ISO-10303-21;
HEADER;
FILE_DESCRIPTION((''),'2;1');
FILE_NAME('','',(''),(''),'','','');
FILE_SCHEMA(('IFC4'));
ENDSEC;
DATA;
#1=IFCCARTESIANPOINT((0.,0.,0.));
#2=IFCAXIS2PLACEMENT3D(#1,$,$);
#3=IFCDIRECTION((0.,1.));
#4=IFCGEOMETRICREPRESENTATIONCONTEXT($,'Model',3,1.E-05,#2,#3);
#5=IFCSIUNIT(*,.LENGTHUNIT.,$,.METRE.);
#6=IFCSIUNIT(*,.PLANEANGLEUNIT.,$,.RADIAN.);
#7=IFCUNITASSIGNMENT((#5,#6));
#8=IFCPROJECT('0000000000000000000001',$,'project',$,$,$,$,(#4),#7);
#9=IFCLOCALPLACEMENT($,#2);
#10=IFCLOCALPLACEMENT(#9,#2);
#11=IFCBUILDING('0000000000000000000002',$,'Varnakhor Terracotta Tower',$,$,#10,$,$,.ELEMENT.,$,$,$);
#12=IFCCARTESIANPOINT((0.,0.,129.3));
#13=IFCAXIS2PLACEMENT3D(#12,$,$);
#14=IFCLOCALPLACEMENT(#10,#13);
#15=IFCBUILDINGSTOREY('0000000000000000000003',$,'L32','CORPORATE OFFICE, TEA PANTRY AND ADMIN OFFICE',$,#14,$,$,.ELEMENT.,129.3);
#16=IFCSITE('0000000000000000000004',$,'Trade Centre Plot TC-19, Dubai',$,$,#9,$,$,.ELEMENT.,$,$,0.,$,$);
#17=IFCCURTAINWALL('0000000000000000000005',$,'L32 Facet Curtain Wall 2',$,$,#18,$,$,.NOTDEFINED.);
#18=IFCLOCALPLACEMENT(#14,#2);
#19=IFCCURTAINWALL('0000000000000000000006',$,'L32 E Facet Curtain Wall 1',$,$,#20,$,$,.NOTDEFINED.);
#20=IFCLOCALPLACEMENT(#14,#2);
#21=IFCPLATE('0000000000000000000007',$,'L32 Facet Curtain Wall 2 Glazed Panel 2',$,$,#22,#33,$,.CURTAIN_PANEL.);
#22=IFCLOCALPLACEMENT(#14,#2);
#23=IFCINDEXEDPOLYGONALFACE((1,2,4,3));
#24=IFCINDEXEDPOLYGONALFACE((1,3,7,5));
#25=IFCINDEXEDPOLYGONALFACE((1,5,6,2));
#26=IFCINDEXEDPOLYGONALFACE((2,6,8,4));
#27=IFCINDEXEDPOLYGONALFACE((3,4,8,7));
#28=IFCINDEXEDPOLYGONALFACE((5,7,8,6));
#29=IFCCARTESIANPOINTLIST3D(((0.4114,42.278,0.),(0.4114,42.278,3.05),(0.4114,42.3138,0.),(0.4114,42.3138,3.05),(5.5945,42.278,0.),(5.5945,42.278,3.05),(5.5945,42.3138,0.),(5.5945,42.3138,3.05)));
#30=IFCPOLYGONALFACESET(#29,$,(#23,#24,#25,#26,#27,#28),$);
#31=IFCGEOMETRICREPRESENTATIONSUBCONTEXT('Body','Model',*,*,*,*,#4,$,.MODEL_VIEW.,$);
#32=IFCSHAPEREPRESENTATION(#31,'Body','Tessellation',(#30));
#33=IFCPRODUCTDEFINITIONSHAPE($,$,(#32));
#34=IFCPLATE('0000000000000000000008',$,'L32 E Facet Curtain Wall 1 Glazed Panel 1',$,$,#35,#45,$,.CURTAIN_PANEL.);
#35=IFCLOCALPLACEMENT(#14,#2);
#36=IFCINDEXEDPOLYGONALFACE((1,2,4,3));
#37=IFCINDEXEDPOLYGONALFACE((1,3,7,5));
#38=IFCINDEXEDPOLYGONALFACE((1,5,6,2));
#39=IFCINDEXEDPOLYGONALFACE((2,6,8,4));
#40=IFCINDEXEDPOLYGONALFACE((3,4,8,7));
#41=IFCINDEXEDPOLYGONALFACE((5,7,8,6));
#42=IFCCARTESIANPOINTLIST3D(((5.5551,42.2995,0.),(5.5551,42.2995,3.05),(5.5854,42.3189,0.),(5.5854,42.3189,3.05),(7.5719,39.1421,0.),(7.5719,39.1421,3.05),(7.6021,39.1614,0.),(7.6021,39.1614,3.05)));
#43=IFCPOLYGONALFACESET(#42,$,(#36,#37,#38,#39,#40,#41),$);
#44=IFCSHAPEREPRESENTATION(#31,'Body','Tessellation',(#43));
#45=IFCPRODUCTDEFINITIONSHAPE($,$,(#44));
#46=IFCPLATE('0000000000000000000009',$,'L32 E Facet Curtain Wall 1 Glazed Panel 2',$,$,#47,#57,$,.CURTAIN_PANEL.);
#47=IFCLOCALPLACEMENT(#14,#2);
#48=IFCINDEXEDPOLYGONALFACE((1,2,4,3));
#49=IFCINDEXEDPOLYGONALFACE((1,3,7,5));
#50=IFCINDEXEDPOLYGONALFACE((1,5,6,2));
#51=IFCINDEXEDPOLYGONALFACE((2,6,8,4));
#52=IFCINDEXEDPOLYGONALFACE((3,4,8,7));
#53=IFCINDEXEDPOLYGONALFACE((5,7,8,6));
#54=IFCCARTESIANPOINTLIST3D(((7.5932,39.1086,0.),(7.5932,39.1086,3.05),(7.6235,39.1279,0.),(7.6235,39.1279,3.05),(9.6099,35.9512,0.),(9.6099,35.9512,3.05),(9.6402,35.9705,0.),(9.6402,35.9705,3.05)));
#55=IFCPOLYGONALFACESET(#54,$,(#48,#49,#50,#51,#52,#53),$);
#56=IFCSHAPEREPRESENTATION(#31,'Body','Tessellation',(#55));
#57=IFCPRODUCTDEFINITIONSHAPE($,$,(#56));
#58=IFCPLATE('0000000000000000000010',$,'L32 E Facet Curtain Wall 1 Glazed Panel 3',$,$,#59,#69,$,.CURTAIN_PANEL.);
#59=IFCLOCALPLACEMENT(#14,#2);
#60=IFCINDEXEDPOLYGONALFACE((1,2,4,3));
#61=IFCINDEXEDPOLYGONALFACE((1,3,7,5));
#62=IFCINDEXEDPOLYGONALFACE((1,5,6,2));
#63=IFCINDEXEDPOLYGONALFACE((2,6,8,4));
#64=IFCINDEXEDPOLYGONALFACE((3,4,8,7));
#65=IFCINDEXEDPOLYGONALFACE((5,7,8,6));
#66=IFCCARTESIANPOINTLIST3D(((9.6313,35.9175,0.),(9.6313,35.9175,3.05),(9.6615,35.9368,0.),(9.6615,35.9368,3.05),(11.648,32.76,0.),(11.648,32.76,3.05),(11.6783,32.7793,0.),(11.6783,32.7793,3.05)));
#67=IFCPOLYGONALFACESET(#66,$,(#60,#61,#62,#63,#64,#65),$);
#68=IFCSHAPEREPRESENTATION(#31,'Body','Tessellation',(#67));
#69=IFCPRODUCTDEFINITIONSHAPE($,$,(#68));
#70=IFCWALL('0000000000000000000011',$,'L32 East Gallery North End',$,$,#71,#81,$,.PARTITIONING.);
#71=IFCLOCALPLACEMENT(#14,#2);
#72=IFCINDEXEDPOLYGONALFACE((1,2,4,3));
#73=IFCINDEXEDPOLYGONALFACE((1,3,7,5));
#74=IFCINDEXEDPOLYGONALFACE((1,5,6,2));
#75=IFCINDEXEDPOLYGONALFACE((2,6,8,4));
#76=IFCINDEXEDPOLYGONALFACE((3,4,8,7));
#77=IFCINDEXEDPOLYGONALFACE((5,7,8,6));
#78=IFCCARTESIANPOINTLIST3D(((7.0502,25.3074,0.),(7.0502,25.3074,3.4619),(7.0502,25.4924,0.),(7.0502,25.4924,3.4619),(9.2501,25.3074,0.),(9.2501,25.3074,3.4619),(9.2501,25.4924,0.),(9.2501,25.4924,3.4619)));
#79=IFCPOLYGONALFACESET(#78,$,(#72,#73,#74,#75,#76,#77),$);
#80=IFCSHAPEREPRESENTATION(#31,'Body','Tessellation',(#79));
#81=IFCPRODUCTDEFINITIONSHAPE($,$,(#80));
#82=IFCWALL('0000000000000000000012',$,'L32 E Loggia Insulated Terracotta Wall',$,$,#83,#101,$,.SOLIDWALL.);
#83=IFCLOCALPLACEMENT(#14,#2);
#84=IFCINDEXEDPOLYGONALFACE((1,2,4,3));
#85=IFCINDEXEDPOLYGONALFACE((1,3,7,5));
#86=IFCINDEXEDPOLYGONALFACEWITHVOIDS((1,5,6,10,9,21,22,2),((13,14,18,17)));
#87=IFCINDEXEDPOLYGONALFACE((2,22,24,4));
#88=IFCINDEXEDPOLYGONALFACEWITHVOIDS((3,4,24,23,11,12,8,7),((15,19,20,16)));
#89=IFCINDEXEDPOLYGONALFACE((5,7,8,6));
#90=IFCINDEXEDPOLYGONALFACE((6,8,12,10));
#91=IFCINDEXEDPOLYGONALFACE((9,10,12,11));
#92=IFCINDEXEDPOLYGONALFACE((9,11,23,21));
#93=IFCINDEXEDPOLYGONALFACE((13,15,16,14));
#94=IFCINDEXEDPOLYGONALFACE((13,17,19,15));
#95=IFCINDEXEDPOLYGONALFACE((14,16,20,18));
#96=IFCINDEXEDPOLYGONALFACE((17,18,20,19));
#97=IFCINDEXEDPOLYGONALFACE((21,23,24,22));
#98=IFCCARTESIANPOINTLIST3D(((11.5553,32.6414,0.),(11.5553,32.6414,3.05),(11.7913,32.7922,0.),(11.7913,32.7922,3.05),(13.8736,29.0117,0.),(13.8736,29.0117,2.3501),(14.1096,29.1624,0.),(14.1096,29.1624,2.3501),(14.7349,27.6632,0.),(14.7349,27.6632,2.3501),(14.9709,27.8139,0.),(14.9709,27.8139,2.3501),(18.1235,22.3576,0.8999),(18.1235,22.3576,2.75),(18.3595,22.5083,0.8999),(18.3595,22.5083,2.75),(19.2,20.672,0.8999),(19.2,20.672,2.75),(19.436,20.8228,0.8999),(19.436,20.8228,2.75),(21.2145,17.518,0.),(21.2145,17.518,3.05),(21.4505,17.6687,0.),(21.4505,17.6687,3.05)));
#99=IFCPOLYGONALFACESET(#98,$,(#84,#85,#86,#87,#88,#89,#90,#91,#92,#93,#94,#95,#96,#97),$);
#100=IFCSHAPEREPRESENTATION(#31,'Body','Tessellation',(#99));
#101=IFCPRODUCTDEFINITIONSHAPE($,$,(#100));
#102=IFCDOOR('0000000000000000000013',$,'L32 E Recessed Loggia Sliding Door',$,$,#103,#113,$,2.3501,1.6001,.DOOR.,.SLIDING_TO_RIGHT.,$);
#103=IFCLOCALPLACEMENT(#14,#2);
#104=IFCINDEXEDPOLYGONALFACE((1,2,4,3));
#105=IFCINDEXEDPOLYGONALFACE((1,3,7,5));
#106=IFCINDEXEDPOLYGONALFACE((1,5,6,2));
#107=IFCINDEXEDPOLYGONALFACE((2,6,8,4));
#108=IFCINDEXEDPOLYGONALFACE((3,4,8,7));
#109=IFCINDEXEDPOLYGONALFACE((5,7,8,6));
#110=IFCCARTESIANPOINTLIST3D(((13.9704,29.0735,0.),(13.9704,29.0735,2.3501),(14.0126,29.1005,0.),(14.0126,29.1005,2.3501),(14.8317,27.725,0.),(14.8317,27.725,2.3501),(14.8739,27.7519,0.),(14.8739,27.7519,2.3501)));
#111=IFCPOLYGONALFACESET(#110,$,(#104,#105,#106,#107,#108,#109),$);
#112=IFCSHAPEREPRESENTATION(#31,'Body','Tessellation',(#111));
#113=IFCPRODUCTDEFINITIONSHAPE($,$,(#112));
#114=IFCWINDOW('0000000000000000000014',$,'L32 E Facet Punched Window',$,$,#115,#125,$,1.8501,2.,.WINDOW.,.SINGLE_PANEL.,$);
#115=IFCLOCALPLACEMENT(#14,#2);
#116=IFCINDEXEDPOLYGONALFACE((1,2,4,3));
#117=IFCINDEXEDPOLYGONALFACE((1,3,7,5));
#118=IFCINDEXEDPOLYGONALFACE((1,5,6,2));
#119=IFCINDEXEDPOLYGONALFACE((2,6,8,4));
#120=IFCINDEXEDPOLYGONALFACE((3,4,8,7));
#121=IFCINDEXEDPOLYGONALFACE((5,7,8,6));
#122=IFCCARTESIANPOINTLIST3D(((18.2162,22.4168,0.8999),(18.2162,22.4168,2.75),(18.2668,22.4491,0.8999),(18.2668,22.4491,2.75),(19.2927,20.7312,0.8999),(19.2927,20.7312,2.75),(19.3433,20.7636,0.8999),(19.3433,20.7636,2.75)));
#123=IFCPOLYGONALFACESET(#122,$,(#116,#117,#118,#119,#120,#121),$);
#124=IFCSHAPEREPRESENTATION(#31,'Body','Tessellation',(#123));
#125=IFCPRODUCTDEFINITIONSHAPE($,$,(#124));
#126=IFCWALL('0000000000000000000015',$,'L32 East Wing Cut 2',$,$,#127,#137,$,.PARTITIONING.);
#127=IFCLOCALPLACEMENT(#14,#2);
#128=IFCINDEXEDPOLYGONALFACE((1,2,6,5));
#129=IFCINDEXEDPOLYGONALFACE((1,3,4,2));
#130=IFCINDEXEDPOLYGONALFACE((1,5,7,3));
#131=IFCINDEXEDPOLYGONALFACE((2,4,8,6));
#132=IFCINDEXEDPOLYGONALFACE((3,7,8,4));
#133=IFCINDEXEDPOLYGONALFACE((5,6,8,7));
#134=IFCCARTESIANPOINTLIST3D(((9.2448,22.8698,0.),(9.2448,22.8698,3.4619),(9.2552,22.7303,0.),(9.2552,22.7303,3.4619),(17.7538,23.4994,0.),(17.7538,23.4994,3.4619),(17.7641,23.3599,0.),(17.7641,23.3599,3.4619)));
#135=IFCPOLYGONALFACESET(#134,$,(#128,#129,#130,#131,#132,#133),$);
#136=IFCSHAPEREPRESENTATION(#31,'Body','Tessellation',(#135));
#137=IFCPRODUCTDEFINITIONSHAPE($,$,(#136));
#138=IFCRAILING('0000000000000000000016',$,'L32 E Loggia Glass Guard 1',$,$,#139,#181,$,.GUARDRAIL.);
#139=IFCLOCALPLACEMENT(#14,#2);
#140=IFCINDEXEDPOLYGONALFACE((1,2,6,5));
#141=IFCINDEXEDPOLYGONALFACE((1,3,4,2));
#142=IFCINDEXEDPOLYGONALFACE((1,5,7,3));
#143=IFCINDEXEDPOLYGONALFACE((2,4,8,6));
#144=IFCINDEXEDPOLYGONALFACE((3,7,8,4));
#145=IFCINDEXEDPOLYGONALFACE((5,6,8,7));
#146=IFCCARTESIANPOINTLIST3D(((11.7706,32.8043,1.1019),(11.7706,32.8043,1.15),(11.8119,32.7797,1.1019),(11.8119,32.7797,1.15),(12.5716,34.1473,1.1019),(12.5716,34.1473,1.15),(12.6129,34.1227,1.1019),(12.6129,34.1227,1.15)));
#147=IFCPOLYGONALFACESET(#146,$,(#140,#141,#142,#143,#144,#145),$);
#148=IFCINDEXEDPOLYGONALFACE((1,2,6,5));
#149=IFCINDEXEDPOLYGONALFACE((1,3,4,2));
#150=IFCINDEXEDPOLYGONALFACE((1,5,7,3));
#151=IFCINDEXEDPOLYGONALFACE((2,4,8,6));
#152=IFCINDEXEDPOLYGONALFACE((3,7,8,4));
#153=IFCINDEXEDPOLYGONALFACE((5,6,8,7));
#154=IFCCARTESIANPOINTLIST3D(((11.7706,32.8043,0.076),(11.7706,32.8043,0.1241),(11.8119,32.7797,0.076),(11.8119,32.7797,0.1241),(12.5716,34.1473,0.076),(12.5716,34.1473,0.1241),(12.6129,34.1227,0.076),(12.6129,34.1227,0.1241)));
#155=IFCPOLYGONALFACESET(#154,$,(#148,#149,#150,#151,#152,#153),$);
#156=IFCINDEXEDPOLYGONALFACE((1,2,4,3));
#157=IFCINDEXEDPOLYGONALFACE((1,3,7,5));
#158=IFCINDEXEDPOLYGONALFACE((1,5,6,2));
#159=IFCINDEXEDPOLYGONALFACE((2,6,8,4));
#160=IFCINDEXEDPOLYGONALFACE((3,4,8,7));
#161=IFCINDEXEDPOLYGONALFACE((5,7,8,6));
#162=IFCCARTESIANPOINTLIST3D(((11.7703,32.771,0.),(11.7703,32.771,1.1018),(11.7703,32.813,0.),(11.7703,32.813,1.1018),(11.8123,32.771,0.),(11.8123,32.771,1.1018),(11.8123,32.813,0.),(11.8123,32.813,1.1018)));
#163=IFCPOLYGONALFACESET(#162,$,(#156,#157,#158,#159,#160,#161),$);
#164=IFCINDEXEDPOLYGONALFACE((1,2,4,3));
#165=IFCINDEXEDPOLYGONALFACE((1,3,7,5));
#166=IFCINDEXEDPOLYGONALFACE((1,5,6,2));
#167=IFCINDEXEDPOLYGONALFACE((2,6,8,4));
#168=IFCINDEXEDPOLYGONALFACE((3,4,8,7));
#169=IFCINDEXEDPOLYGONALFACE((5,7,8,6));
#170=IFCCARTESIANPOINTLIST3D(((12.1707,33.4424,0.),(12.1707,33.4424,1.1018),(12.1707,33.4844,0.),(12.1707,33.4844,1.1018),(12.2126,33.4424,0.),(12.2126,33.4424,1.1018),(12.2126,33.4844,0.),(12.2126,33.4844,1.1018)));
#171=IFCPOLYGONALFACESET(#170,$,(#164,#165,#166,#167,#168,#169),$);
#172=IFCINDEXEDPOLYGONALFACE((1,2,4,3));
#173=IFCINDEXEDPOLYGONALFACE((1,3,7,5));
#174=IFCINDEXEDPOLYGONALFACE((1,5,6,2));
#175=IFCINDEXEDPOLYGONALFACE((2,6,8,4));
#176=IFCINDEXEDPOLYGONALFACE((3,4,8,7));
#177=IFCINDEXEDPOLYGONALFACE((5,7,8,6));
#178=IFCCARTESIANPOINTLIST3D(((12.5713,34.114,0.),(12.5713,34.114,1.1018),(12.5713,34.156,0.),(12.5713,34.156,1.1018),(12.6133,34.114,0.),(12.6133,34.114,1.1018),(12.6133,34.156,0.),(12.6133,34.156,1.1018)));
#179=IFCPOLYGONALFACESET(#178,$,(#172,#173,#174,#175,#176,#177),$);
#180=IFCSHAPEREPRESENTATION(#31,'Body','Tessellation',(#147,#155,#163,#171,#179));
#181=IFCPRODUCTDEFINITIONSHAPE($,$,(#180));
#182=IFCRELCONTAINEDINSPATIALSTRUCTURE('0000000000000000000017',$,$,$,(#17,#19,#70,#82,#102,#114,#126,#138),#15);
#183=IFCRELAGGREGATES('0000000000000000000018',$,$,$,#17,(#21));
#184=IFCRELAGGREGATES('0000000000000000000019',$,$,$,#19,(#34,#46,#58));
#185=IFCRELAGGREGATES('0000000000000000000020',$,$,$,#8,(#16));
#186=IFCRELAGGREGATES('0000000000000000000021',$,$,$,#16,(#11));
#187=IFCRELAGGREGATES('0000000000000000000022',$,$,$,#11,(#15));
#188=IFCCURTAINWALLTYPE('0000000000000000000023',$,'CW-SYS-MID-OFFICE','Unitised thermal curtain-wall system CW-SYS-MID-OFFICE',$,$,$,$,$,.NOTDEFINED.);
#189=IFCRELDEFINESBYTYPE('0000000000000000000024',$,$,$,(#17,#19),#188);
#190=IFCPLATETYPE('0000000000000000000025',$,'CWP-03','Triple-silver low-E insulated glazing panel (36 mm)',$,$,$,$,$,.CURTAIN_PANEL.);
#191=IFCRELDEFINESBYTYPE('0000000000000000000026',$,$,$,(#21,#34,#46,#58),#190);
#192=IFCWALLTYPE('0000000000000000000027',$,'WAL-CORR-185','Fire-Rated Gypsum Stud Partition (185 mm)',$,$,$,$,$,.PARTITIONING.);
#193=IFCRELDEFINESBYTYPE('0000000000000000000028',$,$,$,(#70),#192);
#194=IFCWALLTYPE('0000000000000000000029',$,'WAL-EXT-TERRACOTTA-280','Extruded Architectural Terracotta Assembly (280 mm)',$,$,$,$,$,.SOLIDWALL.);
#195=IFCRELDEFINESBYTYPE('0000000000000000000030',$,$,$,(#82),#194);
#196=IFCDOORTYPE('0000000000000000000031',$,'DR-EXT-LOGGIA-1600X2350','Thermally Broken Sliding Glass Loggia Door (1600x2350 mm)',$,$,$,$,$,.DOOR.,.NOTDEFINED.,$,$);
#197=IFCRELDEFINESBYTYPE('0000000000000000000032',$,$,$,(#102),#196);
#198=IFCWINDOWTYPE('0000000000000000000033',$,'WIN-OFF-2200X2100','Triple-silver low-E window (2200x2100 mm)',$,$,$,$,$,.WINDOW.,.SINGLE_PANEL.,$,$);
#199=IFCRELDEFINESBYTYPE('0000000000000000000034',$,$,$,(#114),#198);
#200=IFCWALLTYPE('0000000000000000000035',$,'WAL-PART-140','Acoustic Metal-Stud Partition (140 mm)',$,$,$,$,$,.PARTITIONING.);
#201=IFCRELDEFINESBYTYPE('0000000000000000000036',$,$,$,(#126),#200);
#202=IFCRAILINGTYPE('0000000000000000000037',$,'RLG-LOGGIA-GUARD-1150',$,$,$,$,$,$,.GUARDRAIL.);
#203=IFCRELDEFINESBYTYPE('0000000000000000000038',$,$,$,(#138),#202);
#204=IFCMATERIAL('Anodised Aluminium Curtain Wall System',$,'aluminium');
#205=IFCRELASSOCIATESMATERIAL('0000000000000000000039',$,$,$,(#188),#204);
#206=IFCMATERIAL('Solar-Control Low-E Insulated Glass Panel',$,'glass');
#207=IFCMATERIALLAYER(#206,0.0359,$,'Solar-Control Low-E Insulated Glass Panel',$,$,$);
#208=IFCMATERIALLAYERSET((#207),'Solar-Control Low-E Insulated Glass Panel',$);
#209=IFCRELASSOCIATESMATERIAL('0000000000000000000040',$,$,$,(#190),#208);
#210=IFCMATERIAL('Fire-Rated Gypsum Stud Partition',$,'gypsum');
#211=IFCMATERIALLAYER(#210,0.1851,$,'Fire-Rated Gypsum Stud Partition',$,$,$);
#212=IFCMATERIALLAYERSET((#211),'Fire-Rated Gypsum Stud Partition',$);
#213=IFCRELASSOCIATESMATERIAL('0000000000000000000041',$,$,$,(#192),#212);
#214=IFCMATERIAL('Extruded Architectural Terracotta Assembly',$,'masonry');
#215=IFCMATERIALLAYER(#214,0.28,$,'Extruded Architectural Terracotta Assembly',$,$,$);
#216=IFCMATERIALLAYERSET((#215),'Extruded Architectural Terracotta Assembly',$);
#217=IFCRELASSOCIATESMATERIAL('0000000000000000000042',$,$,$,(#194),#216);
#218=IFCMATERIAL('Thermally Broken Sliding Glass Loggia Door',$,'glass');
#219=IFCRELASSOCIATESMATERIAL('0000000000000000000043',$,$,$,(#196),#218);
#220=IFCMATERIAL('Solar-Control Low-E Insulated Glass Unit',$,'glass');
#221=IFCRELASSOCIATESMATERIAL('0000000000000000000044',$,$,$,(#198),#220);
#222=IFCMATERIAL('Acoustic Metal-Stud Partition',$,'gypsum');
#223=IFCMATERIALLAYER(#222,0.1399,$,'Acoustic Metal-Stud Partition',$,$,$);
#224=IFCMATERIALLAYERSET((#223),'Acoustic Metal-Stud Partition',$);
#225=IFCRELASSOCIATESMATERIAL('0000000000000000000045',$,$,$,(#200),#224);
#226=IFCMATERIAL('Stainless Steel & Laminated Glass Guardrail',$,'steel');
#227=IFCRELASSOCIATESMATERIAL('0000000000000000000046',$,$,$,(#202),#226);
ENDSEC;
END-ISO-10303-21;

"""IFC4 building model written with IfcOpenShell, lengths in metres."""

from ifc_helpers import new_model, si_unit, direction, frame, frame_2d, origin, origin_2d, place, context, subcontext, project, spatial, rectangle, extrude, source, transform, mapped, material, layer, layer_set, type_object, type_shapes, element, fill, aggregate, save


model = new_model("IFC4")

# Units and contexts
model_context = context("Model", 3, precision=1e-05, world=origin(), true_north=direction((0.0, 1.0)))
body_context = subcontext(model_context, "Body", "Model", "MODEL_VIEW")
ifc_project = project(units=[si_unit("LENGTHUNIT", "METRE"), si_unit("PLANEANGLEUNIT", "RADIAN")], contexts=[model_context])

# Site, building, storey
site_placement = place(None, origin())
site = spatial("IfcSite", under=ifc_project, at=site_placement, Name="Trade Centre Plot TC-19, Dubai", CompositionType="ELEMENT", RefElevation=0.0)
building_placement = place(site_placement, origin())
building = spatial("IfcBuilding", under=site, at=building_placement, Name="Varnakhor Terracotta Tower", CompositionType="ELEMENT")
storey_placement = place(building_placement, frame((0.0, 0.0, 129.3)))
storey = spatial("IfcBuildingStorey", under=building, at=storey_placement, Name="L32", Description="CORPORATE OFFICE, TEA PANTRY AND ADMIN OFFICE", CompositionType="ELEMENT", Elevation=129.3)

# Curtain wall
ifc_material_1 = material(Name="Anodised Aluminium Curtain Wall System", Category="aluminium")
curtain_wall_type = type_object("IfcCurtainWallType", Name="CW-SYS-MID-OFFICE", Description="Unitised thermal curtain-wall system CW-SYS-MID-OFFICE", PredefinedType="NOTDEFINED", material=ifc_material_1)
curtain_wall_1_placement = place(storey_placement, origin())
curtain_wall_1 = element("IfcCurtainWall", 1, at=curtain_wall_1_placement, inside=storey, type_object=curtain_wall_type, Name="L32 Facet Curtain Wall 2", PredefinedType="NOTDEFINED")

# Curtain wall
curtain_wall_2_placement = place(storey_placement, origin())
curtain_wall_2 = element("IfcCurtainWall", 2, at=curtain_wall_2_placement, inside=storey, type_object=curtain_wall_type, Name="L32 E Facet Curtain Wall 1", PredefinedType="NOTDEFINED")

# Plates
ifc_material_2 = material(Name="Solar-Control Low-E Insulated Glass Panel", Category="glass")
ifc_layer_1 = layer(ifc_material_2, 0.0359, Name="Solar-Control Low-E Insulated Glass Panel")
ifc_layer_set_1 = layer_set([ifc_layer_1], Name="Solar-Control Low-E Insulated Glass Panel")
plate_type = type_object("IfcPlateType", Name="CWP-03", Description="Triple-silver low-E insulated glazing panel (36 mm)", PredefinedType="CURTAIN_PANEL", material=ifc_layer_set_1)
shared_shape_1 = source(origin(), body_context, "Body", "SweptSolid", [
    extrude(rectangle(XDim=5.1831, YDim=0.0359, at=origin_2d()), origin(), (0.0, 0.0, 1.0), 3.05),
])
plate_1_placement = place(storey_placement, frame((3.0029, 42.2959, 0.0), z_axis=(0.0, 0.0, 1.0), x_axis=(1.0, 0.0, 0.0)))
plate_1 = element("IfcPlate", 3, at=plate_1_placement, type_object=plate_type, Name="L32 Facet Curtain Wall 2 Glazed Panel 2", PredefinedType="CURTAIN_PANEL", context=body_context, shape_type="MappedRepresentation", body=[
    mapped(shared_shape_1, transform((0.0, 0.0, 0.0), scale=1.0)),
])
aggregate(curtain_wall_1, [plate_1])
shared_shape_2 = source(origin(), body_context, "Body", "SweptSolid", [
    extrude(rectangle(XDim=3.7466, YDim=0.0359, at=origin_2d()), origin(), (0.0, 0.0, 1.0), 3.05),
])
plate_2_placement = place(storey_placement, frame((6.5786, 40.7305, 0.0), z_axis=(0.0, 0.0, 1.0), x_axis=(0.538285, -0.842763, 0.0)))
plate_2 = element("IfcPlate", 4, at=plate_2_placement, type_object=plate_type, Name="L32 E Facet Curtain Wall 1 Glazed Panel 1", PredefinedType="CURTAIN_PANEL", context=body_context, shape_type="MappedRepresentation", body=[
    mapped(shared_shape_2, transform((0.0, 0.0, 0.0), scale=1.0)),
])
plate_3_placement = place(storey_placement, frame((8.6167, 37.5396, 0.0), z_axis=(0.0, 0.0, 1.0), x_axis=(0.538285, -0.842763, 0.0)))
plate_3 = element("IfcPlate", 5, at=plate_3_placement, type_object=plate_type, Name="L32 E Facet Curtain Wall 1 Glazed Panel 2", PredefinedType="CURTAIN_PANEL", context=body_context, shape_type="MappedRepresentation", body=[
    mapped(shared_shape_2, transform((0.0, 0.0, 0.0), scale=1.0)),
])
plate_4_placement = place(storey_placement, frame((10.6548, 34.3484, 0.0), z_axis=(0.0, 0.0, 1.0), x_axis=(0.538285, -0.842763, 0.0)))
plate_4 = element("IfcPlate", 6, at=plate_4_placement, type_object=plate_type, Name="L32 E Facet Curtain Wall 1 Glazed Panel 3", PredefinedType="CURTAIN_PANEL", context=body_context, shape_type="MappedRepresentation", body=[
    mapped(shared_shape_2, transform((0.0, 0.0, 0.0), scale=1.0)),
])
aggregate(curtain_wall_2, [plate_2, plate_3, plate_4])

# Wall
ifc_material_3 = material(Name="Fire-Rated Gypsum Stud Partition", Category="gypsum")
ifc_layer_2 = layer(ifc_material_3, 0.1851, Name="Fire-Rated Gypsum Stud Partition")
ifc_layer_set_2 = layer_set([ifc_layer_2], Name="Fire-Rated Gypsum Stud Partition")
wall_type_1 = type_object("IfcWallType", Name="WAL-CORR-185", Description="Fire-Rated Gypsum Stud Partition (185 mm)", PredefinedType="PARTITIONING", material=ifc_layer_set_2)
wall_1_placement = place(storey_placement, frame((7.05, 25.3999, 0.0), z_axis=(0.0, 0.0, 1.0), x_axis=(1.0, 0.0, 0.0)))
element("IfcWall", 7, at=wall_1_placement, inside=storey, type_object=wall_type_1, Name="L32 East Gallery North End", PredefinedType="PARTITIONING", context=body_context, shape_type="SweptSolid", body=[
    extrude(rectangle(XDim=2.2, YDim=0.1851, at=frame_2d((1.1001, 0.0))), origin(), (0.0, 0.0, 1.0), 3.4619),
])

# Wall, openings, door, window
ifc_material_4 = material(Name="Extruded Architectural Terracotta Assembly", Category="masonry")
ifc_layer_3 = layer(ifc_material_4, 0.28, Name="Extruded Architectural Terracotta Assembly")
ifc_layer_set_3 = layer_set([ifc_layer_3], Name="Extruded Architectural Terracotta Assembly")
wall_type_2 = type_object("IfcWallType", Name="WAL-EXT-TERRACOTTA-280", Description="Extruded Architectural Terracotta Assembly (280 mm)", PredefinedType="SOLIDWALL", material=ifc_layer_set_3)
wall_2_placement = place(storey_placement, frame((11.6733, 32.7168, 0.0), z_axis=(0.0, 0.0, 1.0), x_axis=(0.538267, -0.842774, 0.0)))
wall_2 = element("IfcWall", 8, at=wall_2_placement, inside=storey, type_object=wall_type_2, Name="L32 E Loggia Insulated Terracotta Wall", PredefinedType="SOLIDWALL", context=body_context, shape_type="SweptSolid", body=[
    extrude(rectangle(XDim=17.9448, YDim=0.28, at=frame_2d((8.9724, 0.0))), origin(), (0.0, 0.0, 1.0), 3.05),
])
opening_1_placement = place(wall_2_placement, frame((4.3069, 0.0, 0.0)))
opening_1 = element("IfcOpeningElement", 9, at=opening_1_placement, cuts=wall_2, PredefinedType="OPENING", context=body_context, shape_type="SweptSolid", body=[
    extrude(rectangle(XDim=1.6001, YDim=2.3501, at=frame_2d((0.8, 1.175))), frame((0.0, 0.1499, 0.0), z_axis=(0.0, -1.0, 0.0), x_axis=(1.0, 0.0, 0.0)), (0.0, 0.0, 1.0), 0.3),
])
opening_2_placement = place(wall_2_placement, frame((12.2024, 0.0, 0.8999)))
opening_2 = element("IfcOpeningElement", 10, at=opening_2_placement, cuts=wall_2, PredefinedType="OPENING", context=body_context, shape_type="SweptSolid", body=[
    extrude(rectangle(XDim=2.0, YDim=1.8501, at=frame_2d((1.0, 0.925))), frame((0.0, 0.1499, 0.0), z_axis=(0.0, -1.0, 0.0), x_axis=(1.0, 0.0, 0.0)), (0.0, 0.0, 1.0), 0.3),
])
ifc_material_5 = material(Name="Thermally Broken Sliding Glass Loggia Door", Category="glass")
door_type = type_object("IfcDoorType", Name="DR-EXT-LOGGIA-1600X2350", Description="Thermally Broken Sliding Glass Loggia Door (1600x2350 mm)", OperationType="NOTDEFINED", PredefinedType="DOOR", material=ifc_material_5)
shared_shape_3 = source(origin(), body_context, "Body", "SweptSolid", [
    extrude(rectangle(XDim=1.6001, YDim=2.3501, at=frame_2d((0.8, 1.175))), frame((0.0, 0.0249, 0.0), z_axis=(0.0, -1.0, 0.0), x_axis=(1.0, 0.0, 0.0)), (0.0, 0.0, 1.0), 0.05),
])
type_shapes(door_type, [shared_shape_3])
door_placement = place(opening_1_placement, origin())
door = element("IfcDoor", 11, at=door_placement, inside=storey, type_object=door_type, Name="L32 E Recessed Loggia Sliding Door", OperationType="SLIDING_TO_RIGHT", OverallHeight=2.3501, OverallWidth=1.6001, PredefinedType="DOOR", context=body_context, shape_type="MappedRepresentation", body=[
    mapped(shared_shape_3, transform((0.0, 0.0, 0.0), scale=1.0)),
])
fill(opening_1, door)
ifc_material_6 = material(Name="Solar-Control Low-E Insulated Glass Unit", Category="glass")
window_type = type_object("IfcWindowType", Name="WIN-OFF-2200X2100", Description="Triple-silver low-E window (2200x2100 mm)", PartitioningType="SINGLE_PANEL", PredefinedType="WINDOW", material=ifc_material_6)
shared_shape_4 = source(origin(), body_context, "Body", "SweptSolid", [
    extrude(rectangle(XDim=2.0, YDim=1.8501, at=frame_2d((1.0, 0.925))), frame((0.0, 0.03, 0.0), z_axis=(0.0, -1.0, 0.0), x_axis=(1.0, 0.0, 0.0)), (0.0, 0.0, 1.0), 0.0601),
])
type_shapes(window_type, [shared_shape_4])
window_placement = place(opening_2_placement, origin())
window = element("IfcWindow", 12, at=window_placement, inside=storey, type_object=window_type, Name="L32 E Facet Punched Window", OverallHeight=1.8501, OverallWidth=2.0, PartitioningType="SINGLE_PANEL", PredefinedType="WINDOW", context=body_context, shape_type="MappedRepresentation", body=[
    mapped(shared_shape_4, transform((0.0, 0.0, 0.0), scale=1.0)),
])
fill(opening_2, window)

# Wall
ifc_material_7 = material(Name="Acoustic Metal-Stud Partition", Category="gypsum")
ifc_layer_4 = layer(ifc_material_7, 0.1399, Name="Acoustic Metal-Stud Partition")
ifc_layer_set_4 = layer_set([ifc_layer_4], Name="Acoustic Metal-Stud Partition")
wall_type_3 = type_object("IfcWallType", Name="WAL-PART-140", Description="Acoustic Metal-Stud Partition (140 mm)", PredefinedType="PARTITIONING", material=ifc_layer_set_4)
wall_3_placement = place(storey_placement, frame((9.25, 22.8, 0.0), z_axis=(0.0, 0.0, 1.0), x_axis=(0.997273, 0.073795, 0.0)))
element("IfcWall", 13, at=wall_3_placement, inside=storey, type_object=wall_type_3, Name="L32 East Wing Cut 2", PredefinedType="PARTITIONING", context=body_context, shape_type="SweptSolid", body=[
    extrude(rectangle(XDim=8.5322, YDim=0.1399, at=frame_2d((4.2661, 0.0))), origin(), (0.0, 0.0, 1.0), 3.4619),
])

# Railing
ifc_material_8 = material(Name="Stainless Steel & Laminated Glass Guardrail", Category="steel")
railing_type = type_object("IfcRailingType", Name="RLG-LOGGIA-GUARD-1150", PredefinedType="GUARDRAIL", material=ifc_material_8)
railing_1_placement = place(storey_placement, frame((11.7913, 32.792, 0.0)))
element("IfcRailing", 14, at=railing_1_placement, inside=storey, type_object=railing_type, Name="L32 E Loggia Glass Guard 1", PredefinedType="GUARDRAIL", context=body_context, shape_type="SweptSolid", body=[
    extrude(rectangle(XDim=0.0481, YDim=0.0481, at=origin_2d()), frame((0.0, 0.0, 1.126), z_axis=(0.512244, 0.85884, 0.0), x_axis=(-0.85884, 0.512244, 0.0)), (0.0, 0.0, 1.0), 1.5637),
    extrude(rectangle(XDim=0.0481, YDim=0.0481, at=origin_2d()), frame((0.0, 0.0, 0.1001), z_axis=(0.512244, 0.85884, 0.0), x_axis=(-0.85884, 0.512244, 0.0)), (0.0, 0.0, 1.0), 1.5637),
    extrude(rectangle(XDim=0.042, YDim=0.042, at=origin_2d()), origin(), (0.0, 0.0, 1.0), 1.1018),
    extrude(rectangle(XDim=0.042, YDim=0.042, at=origin_2d()), frame((0.4004, 0.6714, 0.0)), (0.0, 0.0, 1.0), 1.1018),
    extrude(rectangle(XDim=0.042, YDim=0.042, at=origin_2d()), frame((0.801, 1.343, 0.0)), (0.0, 0.0, 1.0), 1.1018),
])

save(model, "model.ifc")
